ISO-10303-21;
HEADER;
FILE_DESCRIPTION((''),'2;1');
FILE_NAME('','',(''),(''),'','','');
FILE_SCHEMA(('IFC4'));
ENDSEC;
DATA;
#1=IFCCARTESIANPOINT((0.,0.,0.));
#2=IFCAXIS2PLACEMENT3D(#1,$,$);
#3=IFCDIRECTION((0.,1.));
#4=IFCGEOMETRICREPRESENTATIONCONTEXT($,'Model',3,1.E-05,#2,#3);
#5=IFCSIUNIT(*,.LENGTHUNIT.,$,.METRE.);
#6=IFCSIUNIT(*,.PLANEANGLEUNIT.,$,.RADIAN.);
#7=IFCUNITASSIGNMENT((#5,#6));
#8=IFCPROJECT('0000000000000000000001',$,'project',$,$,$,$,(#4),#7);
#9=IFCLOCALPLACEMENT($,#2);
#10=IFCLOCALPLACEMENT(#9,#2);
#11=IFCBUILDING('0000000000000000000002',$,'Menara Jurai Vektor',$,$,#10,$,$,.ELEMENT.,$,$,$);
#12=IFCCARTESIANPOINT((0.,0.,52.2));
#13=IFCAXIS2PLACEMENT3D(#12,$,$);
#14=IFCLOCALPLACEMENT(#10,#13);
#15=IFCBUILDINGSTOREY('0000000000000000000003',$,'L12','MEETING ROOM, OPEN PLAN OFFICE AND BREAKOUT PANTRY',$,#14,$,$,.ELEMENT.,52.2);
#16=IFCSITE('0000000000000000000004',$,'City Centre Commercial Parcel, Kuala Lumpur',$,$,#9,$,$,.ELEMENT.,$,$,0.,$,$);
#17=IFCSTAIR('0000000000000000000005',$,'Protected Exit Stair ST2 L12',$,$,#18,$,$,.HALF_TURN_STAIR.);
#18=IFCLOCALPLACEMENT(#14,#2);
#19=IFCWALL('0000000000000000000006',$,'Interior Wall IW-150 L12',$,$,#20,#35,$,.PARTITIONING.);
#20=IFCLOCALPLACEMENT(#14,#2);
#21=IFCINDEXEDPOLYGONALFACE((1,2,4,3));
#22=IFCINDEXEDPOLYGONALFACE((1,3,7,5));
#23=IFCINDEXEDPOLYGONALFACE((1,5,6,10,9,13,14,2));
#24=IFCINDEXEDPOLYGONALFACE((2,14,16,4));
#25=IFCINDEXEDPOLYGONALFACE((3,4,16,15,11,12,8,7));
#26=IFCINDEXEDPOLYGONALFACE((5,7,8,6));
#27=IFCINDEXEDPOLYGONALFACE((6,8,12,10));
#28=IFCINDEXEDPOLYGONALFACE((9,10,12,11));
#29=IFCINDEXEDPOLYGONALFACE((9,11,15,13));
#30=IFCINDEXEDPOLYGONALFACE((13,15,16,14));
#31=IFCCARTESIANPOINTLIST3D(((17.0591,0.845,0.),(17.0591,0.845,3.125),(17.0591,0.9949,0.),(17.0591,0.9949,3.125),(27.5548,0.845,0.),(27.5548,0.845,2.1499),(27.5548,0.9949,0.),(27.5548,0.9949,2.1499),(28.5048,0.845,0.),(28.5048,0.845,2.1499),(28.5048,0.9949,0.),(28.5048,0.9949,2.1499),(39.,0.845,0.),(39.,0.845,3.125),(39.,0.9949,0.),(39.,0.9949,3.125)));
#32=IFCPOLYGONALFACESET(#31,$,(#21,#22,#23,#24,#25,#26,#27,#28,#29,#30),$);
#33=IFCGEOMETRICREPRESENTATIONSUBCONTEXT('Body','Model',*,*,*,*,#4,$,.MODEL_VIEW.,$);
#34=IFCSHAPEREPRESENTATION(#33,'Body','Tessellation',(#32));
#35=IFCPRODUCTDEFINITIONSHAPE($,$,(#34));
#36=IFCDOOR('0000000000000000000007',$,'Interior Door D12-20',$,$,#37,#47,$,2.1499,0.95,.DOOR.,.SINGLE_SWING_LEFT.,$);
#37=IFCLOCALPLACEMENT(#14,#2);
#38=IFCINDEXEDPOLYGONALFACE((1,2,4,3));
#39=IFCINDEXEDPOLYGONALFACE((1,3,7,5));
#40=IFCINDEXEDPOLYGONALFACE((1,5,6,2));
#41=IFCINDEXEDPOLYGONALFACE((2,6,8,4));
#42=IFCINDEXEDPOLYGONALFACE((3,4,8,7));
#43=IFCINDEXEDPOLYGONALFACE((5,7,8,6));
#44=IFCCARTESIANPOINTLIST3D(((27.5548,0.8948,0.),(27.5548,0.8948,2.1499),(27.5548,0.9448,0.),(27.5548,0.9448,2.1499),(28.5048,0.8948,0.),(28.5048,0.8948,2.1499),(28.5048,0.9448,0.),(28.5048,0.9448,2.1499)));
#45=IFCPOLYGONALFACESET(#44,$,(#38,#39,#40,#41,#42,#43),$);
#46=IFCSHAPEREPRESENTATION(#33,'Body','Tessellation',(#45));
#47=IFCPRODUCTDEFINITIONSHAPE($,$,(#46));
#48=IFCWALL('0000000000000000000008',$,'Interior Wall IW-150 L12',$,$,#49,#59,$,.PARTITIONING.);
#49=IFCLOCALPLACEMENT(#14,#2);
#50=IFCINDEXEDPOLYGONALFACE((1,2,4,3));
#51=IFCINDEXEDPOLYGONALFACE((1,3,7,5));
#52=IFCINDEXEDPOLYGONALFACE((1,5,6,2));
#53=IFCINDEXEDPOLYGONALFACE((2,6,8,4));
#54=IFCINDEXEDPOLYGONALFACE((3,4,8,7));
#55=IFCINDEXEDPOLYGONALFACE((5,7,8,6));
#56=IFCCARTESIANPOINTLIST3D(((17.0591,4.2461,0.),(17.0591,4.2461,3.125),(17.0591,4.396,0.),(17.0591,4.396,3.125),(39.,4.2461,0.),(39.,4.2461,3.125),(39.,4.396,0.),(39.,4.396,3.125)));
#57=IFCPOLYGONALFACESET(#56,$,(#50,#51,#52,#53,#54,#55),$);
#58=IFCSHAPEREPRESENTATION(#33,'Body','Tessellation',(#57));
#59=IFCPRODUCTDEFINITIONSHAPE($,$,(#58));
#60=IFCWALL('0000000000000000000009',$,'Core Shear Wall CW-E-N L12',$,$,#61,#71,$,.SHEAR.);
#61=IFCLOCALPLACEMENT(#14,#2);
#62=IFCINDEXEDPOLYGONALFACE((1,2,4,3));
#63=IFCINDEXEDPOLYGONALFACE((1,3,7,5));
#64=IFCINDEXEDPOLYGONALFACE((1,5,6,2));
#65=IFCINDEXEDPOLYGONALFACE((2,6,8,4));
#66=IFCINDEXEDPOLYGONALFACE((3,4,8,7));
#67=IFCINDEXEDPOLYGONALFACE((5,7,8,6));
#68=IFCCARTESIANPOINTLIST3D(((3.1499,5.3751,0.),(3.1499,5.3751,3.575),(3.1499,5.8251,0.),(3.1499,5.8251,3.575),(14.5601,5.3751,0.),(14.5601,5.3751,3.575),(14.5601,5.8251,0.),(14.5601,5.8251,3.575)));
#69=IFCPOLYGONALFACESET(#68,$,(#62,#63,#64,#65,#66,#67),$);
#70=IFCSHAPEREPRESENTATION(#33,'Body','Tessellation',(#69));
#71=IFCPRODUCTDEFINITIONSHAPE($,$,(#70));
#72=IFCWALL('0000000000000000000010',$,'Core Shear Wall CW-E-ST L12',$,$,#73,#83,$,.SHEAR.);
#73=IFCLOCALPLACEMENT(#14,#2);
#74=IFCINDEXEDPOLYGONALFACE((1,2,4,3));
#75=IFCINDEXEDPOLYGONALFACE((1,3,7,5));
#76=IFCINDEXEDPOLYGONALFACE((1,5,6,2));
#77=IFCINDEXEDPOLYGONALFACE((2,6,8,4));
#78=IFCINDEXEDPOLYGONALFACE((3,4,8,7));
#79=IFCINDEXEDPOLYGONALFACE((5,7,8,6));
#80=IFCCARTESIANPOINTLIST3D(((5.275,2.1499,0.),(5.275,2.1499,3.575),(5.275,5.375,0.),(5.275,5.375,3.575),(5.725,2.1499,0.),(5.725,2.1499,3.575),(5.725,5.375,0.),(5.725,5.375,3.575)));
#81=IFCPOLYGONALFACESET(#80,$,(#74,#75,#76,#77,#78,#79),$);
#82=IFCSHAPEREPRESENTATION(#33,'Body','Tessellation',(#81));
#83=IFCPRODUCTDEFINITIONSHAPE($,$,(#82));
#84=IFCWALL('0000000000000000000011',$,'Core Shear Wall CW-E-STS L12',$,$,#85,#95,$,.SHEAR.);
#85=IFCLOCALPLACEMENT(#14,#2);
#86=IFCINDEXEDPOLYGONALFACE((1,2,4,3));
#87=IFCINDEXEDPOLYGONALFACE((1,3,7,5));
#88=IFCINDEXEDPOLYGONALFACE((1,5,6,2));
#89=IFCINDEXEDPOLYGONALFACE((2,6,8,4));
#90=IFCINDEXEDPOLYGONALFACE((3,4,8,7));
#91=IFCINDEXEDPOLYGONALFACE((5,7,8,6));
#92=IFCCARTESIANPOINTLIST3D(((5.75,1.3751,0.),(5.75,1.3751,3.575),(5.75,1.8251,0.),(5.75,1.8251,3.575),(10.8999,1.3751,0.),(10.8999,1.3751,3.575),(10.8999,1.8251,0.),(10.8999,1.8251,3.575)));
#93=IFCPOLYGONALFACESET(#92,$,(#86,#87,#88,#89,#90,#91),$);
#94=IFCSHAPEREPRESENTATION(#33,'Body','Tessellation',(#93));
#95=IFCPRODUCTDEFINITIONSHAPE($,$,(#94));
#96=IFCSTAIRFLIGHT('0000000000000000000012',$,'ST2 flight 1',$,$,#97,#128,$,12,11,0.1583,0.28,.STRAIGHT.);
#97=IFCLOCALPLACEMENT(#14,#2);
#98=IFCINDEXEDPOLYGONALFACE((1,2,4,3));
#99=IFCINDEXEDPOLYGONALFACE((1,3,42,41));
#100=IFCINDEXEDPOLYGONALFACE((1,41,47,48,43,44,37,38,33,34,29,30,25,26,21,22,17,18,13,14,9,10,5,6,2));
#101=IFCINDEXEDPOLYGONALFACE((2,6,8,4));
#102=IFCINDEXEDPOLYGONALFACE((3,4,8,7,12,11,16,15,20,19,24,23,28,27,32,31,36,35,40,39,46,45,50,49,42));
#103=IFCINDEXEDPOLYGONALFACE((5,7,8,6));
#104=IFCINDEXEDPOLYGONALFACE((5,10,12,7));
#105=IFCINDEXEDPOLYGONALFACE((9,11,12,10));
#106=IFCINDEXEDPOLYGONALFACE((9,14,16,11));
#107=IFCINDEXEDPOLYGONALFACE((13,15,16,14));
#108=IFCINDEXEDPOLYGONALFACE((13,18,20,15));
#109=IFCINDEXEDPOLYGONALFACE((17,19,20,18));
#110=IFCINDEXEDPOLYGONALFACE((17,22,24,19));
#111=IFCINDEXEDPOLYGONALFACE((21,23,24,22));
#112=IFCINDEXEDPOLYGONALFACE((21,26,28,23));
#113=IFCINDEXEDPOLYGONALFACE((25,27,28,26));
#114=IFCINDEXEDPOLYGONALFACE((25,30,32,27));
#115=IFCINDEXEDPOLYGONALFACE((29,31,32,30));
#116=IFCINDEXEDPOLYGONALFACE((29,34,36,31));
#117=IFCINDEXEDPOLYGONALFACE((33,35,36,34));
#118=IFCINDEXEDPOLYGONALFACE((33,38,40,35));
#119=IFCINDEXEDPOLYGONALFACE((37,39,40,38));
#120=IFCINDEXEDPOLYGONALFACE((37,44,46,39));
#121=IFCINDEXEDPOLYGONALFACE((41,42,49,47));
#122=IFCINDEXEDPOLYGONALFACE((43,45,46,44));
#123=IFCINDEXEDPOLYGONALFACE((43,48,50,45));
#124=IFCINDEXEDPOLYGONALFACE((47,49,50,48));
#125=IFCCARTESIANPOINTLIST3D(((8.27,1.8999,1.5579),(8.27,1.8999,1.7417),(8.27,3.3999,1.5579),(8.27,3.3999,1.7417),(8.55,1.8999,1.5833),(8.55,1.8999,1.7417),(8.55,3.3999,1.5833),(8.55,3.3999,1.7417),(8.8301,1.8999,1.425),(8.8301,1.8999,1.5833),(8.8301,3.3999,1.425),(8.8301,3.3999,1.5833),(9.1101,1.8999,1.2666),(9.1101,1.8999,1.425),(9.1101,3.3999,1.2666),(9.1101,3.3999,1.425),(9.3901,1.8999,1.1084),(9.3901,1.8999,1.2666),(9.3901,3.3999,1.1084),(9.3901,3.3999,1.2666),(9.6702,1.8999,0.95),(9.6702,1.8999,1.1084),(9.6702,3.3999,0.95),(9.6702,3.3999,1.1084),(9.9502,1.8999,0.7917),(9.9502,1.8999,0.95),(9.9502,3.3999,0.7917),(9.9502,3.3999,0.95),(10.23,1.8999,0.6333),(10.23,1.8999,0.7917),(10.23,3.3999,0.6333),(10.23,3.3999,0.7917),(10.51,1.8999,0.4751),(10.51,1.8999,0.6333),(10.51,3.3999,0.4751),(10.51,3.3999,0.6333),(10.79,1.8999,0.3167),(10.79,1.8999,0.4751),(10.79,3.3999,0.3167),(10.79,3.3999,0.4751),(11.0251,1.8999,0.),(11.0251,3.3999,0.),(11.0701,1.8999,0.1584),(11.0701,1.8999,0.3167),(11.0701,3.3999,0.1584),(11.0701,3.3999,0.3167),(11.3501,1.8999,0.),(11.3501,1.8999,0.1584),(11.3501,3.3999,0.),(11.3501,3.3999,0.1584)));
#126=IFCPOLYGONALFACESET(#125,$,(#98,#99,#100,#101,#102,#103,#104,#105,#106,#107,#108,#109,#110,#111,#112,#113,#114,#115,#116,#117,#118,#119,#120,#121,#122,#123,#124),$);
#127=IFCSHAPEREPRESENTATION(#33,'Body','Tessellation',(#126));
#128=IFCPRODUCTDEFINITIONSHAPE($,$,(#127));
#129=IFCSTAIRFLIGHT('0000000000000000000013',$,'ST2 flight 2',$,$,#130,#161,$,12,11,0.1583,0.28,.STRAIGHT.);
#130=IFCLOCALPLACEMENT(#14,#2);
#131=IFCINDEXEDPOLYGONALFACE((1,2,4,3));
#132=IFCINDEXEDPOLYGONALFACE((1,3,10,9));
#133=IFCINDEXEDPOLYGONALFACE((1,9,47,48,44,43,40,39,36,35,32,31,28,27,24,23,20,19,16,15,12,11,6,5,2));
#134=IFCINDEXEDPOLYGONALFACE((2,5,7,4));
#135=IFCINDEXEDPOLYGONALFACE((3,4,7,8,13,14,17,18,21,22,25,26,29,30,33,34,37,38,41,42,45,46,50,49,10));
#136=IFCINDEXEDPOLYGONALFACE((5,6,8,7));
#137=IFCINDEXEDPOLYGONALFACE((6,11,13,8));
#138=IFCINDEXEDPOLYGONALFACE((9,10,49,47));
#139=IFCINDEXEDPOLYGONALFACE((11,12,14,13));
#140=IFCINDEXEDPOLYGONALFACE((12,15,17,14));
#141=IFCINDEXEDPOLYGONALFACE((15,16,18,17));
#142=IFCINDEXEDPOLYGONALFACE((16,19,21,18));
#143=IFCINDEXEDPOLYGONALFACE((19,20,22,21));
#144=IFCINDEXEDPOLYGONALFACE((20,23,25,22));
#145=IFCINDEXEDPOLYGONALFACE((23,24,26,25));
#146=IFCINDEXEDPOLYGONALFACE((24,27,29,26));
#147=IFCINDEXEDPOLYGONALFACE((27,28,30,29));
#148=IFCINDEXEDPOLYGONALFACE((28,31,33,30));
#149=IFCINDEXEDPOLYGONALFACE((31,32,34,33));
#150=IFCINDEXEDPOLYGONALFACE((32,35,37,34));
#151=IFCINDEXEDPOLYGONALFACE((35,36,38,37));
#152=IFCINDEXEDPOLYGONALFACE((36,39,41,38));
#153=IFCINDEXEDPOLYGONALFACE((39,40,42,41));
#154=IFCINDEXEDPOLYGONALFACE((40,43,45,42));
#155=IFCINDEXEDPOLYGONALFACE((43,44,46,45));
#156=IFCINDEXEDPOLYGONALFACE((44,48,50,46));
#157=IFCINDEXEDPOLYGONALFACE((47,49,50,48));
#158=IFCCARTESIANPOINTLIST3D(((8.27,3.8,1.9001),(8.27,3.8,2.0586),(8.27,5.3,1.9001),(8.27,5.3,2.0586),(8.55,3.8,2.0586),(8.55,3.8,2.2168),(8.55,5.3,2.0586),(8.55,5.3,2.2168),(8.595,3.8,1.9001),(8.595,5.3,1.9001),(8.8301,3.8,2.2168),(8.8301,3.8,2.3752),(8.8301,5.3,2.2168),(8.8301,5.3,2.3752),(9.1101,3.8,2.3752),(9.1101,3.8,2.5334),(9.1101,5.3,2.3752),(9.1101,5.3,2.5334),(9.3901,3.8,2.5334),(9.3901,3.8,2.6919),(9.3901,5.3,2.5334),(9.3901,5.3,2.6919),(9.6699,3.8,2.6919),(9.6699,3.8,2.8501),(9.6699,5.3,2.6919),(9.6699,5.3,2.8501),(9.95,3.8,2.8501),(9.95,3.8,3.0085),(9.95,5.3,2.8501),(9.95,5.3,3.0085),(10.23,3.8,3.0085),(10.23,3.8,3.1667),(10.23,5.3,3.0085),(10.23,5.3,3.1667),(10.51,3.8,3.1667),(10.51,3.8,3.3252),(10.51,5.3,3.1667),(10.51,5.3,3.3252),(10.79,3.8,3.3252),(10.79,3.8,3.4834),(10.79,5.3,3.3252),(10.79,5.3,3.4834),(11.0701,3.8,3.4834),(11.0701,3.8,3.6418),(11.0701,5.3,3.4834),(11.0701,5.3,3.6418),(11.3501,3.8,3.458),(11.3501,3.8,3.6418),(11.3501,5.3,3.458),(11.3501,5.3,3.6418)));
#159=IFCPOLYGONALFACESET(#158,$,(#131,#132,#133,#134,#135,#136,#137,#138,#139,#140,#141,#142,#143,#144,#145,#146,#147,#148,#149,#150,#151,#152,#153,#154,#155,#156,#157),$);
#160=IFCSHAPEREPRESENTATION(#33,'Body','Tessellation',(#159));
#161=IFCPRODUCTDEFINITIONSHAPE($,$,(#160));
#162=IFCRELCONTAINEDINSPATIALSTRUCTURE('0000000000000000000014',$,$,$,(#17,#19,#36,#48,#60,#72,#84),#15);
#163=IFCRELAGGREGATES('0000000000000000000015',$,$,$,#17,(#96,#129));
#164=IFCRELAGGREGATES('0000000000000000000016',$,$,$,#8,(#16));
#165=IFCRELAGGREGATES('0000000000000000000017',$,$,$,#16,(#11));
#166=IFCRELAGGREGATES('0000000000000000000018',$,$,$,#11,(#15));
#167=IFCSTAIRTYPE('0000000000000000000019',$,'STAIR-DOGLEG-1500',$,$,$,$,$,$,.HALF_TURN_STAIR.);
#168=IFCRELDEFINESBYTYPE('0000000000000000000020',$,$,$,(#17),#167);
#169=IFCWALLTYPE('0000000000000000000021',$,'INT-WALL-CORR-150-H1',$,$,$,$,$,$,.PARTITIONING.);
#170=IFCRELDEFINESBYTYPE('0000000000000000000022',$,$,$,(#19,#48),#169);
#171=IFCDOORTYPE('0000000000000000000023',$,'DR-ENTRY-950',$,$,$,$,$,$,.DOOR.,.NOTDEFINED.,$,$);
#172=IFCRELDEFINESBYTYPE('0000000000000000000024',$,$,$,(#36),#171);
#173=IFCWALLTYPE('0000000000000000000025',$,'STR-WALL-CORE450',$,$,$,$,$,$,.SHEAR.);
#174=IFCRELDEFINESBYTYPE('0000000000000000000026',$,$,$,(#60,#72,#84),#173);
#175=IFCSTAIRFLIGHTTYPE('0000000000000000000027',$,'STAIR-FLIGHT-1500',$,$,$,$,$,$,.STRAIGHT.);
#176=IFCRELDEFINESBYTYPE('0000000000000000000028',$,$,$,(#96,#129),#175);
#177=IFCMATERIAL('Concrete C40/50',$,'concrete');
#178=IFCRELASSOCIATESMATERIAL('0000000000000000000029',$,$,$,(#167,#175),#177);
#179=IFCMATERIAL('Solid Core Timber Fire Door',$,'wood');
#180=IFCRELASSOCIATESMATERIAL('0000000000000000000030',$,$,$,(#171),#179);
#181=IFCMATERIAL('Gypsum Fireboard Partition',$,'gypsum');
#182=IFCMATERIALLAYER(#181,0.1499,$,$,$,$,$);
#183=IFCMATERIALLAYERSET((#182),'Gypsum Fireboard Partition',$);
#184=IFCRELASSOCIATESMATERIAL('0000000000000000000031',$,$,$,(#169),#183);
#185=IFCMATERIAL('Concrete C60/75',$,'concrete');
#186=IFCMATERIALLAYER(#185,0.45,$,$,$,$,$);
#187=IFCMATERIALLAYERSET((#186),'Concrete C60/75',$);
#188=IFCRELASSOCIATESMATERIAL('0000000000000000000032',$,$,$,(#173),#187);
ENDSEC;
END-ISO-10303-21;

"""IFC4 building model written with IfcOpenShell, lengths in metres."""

from ifc_helpers import new_model, si_unit, direction, frame, frame_2d, origin, place, context, subcontext, project, spatial, polyline, rectangle, outline, extrude, material, layer, layer_set, type_object, element, fill, aggregate, save


model = new_model("IFC4")

# Units and contexts
model_context = context("Model", 3, precision=1e-05, world=origin(), true_north=direction((0.0, 1.0)))
body_context = subcontext(model_context, "Body", "Model", "MODEL_VIEW")
ifc_project = project(units=[si_unit("LENGTHUNIT", "METRE"), si_unit("PLANEANGLEUNIT", "RADIAN")], contexts=[model_context])

# Site, building, storey
site_placement = place(None, origin())
site = spatial("IfcSite", under=ifc_project, at=site_placement, Name="City Centre Commercial Parcel, Kuala Lumpur", CompositionType="ELEMENT", RefElevation=0.0)
building_placement = place(site_placement, origin())
building = spatial("IfcBuilding", under=site, at=building_placement, Name="Menara Jurai Vektor", CompositionType="ELEMENT")
storey_placement = place(building_placement, frame((0.0, 0.0, 52.2)))
storey = spatial("IfcBuildingStorey", under=building, at=storey_placement, Name="L12", Description="MEETING ROOM, OPEN PLAN OFFICE AND BREAKOUT PANTRY", CompositionType="ELEMENT", Elevation=52.2)

# Shared definitions
ifc_material_1 = material(Name="Concrete C60/75", Category="concrete")

# Stair
ifc_material_2 = material(Name="Concrete C40/50", Category="concrete")
stair_type = type_object("IfcStairType", Name="STAIR-DOGLEG-1500", PredefinedType="HALF_TURN_STAIR", material=ifc_material_2)
stair_placement = place(storey_placement, origin())
stair = element("IfcStair", 1, at=stair_placement, inside=storey, type_object=stair_type, Name="Protected Exit Stair ST2 L12", PredefinedType="HALF_TURN_STAIR")

# Shared definitions
ifc_material_3 = material(Name="Gypsum Fireboard Partition", Category="gypsum")

# Wall, opening, door
ifc_material_4 = material(Name="Solid Core Timber Fire Door", Category="wood")
door_type_1 = type_object("IfcDoorType", Name="DR-ENTRY-950", OperationType="NOTDEFINED", PredefinedType="DOOR", material=ifc_material_4)
ifc_layer_1 = layer(ifc_material_3, 0.1499)
ifc_layer_set_1 = layer_set([ifc_layer_1], Name="Gypsum Fireboard Partition")
wall_type_1 = type_object("IfcWallType", Name="INT-WALL-CORR-150-H1", PredefinedType="PARTITIONING", material=ifc_layer_set_1)
wall_1_placement = place(storey_placement, frame((17.0591, 0.9199, 0.0), z_axis=(0.0, 0.0, 1.0), x_axis=(1.0, 0.0, 0.0)))
wall_1 = element("IfcWall", 2, at=wall_1_placement, inside=storey, type_object=wall_type_1, Name="Interior Wall IW-150 L12", PredefinedType="PARTITIONING", context=body_context, shape_type="SweptSolid", body=[
    extrude(rectangle(XDim=21.9409, YDim=0.1499, at=frame_2d((10.9705, 0.0))), origin(), (0.0, 0.0, 1.0), 3.125),
])
opening_1_placement = place(wall_1_placement, frame((10.4956, 0.0, 0.0)))
opening_1 = element("IfcOpeningElement", 3, at=opening_1_placement, cuts=wall_1, PredefinedType="OPENING", context=body_context, shape_type="SweptSolid", body=[
    extrude(rectangle(XDim=0.95, YDim=2.1499, at=frame_2d((0.4751, 1.075))), frame((0.0, 0.085, 0.0), z_axis=(0.0, -1.0, 0.0), x_axis=(1.0, 0.0, 0.0)), (0.0, 0.0, 1.0), 0.1699),
])
door_1_placement = place(opening_1_placement, origin())
door_1 = element("IfcDoor", 4, at=door_1_placement, inside=storey, type_object=door_type_1, Name="Interior Door D12-20", OperationType="SINGLE_SWING_LEFT", OverallHeight=2.1499, OverallWidth=0.95, PredefinedType="DOOR", context=body_context, shape_type="SweptSolid", body=[
    extrude(rectangle(XDim=0.95, YDim=2.1499, at=frame_2d((0.4751, 1.075))), frame((0.0, 0.0249, 0.0), z_axis=(0.0, -1.0, 0.0), x_axis=(1.0, 0.0, 0.0)), (0.0, 0.0, 1.0), 0.05),
])
fill(opening_1, door_1)

# Walls
wall_2_placement = place(storey_placement, frame((17.0591, 4.321, 0.0), z_axis=(0.0, 0.0, 1.0), x_axis=(1.0, 0.0, 0.0)))
element("IfcWall", 5, at=wall_2_placement, inside=storey, type_object=wall_type_1, Name="Interior Wall IW-150 L12", PredefinedType="PARTITIONING", context=body_context, shape_type="SweptSolid", body=[
    extrude(rectangle(XDim=21.9409, YDim=0.1499, at=frame_2d((10.9705, 0.0))), origin(), (0.0, 0.0, 1.0), 3.125),
])
ifc_layer_2 = layer(ifc_material_1, 0.45)
ifc_layer_set_2 = layer_set([ifc_layer_2], Name="Concrete C60/75")
wall_type_2 = type_object("IfcWallType", Name="STR-WALL-CORE450", PredefinedType="SHEAR", material=ifc_layer_set_2)
wall_3_placement = place(storey_placement, frame((3.1499, 5.6001, 0.0), z_axis=(0.0, 0.0, 1.0), x_axis=(1.0, 0.0, 0.0)))
element("IfcWall", 6, at=wall_3_placement, inside=storey, type_object=wall_type_2, Name="Core Shear Wall CW-E-N L12", PredefinedType="SHEAR", context=body_context, shape_type="SweptSolid", body=[
    extrude(rectangle(XDim=11.4102, YDim=0.45, at=frame_2d((5.7051, 0.0))), origin(), (0.0, 0.0, 1.0), 3.575),
])
wall_4_placement = place(storey_placement, frame((5.5, 2.1499, 0.0), z_axis=(0.0, 0.0, 1.0), x_axis=(0.0, 1.0, 0.0)))
element("IfcWall", 7, at=wall_4_placement, inside=storey, type_object=wall_type_2, Name="Core Shear Wall CW-E-ST L12", PredefinedType="SHEAR", context=body_context, shape_type="SweptSolid", body=[
    extrude(rectangle(XDim=3.2251, YDim=0.45, at=frame_2d((1.6125, 0.0))), origin(), (0.0, 0.0, 1.0), 3.575),
])
wall_5_placement = place(storey_placement, frame((5.75, 1.6001, 0.0), z_axis=(0.0, 0.0, 1.0), x_axis=(1.0, 0.0, 0.0)))
element("IfcWall", 8, at=wall_5_placement, inside=storey, type_object=wall_type_2, Name="Core Shear Wall CW-E-STS L12", PredefinedType="SHEAR", context=body_context, shape_type="SweptSolid", body=[
    extrude(rectangle(XDim=5.1499, YDim=0.45, at=frame_2d((2.575, 0.0))), origin(), (0.0, 0.0, 1.0), 3.575),
])

# Stair flights
stair_flight_type = type_object("IfcStairFlightType", Name="STAIR-FLIGHT-1500", PredefinedType="STRAIGHT", material=ifc_material_2)
stair_flight_1_placement = place(storey_placement, frame((11.3501, 2.6499, 0.0), z_axis=(0.0, 0.0, 1.0), x_axis=(-1.0, 0.0, 0.0)))
stair_flight_1 = element("IfcStairFlight", 9, at=stair_flight_1_placement, type_object=stair_flight_type, Name="ST2 flight 1", NumberOfRisers=12, NumberOfTreads=11, PredefinedType="STRAIGHT", RiserHeight=0.1583, TreadLength=0.28, context=body_context, shape_type="SweptSolid", body=[
    extrude(outline(polyline([(0.0, 0.0), (0.0, 0.1584), (0.28, 0.1584), (0.28, 0.3167), (0.5601, 0.3167), (0.5601, 0.4751), (0.8401, 0.4751), (0.8401, 0.6333), (1.1201, 0.6333), (1.1201, 0.7917), (1.3999, 0.7917), (1.3999, 0.95), (1.6799, 0.95), (1.6799, 1.1084), (1.96, 1.1084), (1.96, 1.2666), (2.24, 1.2666), (2.24, 1.425), (2.52, 1.425), (2.52, 1.5833), (2.8, 1.5833), (2.8, 1.7417), (3.0801, 1.7417), (3.0801, 1.8999), (3.0801, 1.5579), (0.325, 0.0), (0.0, 0.0)])), frame((0.0, 0.75, 0.0), z_axis=(0.0, -1.0, 0.0), x_axis=(1.0, 0.0, 0.0)), (0.0, 0.0, 1.0), 1.5),
])
stair_flight_2_placement = place(storey_placement, frame((8.27, 4.55, 1.9001), z_axis=(0.0, 0.0, 1.0), x_axis=(1.0, 0.0, 0.0)))
stair_flight_2 = element("IfcStairFlight", 10, at=stair_flight_2_placement, type_object=stair_flight_type, Name="ST2 flight 2", NumberOfRisers=12, NumberOfTreads=11, PredefinedType="STRAIGHT", RiserHeight=0.1583, TreadLength=0.28, context=body_context, shape_type="SweptSolid", body=[
    extrude(outline(polyline([(0.0, 0.0), (0.0, 0.1584), (0.28, 0.1584), (0.28, 0.3167), (0.5601, 0.3167), (0.5601, 0.4751), (0.8401, 0.4751), (0.8401, 0.6333), (1.1201, 0.6333), (1.1201, 0.7917), (1.3999, 0.7917), (1.3999, 0.95), (1.6799, 0.95), (1.6799, 1.1084), (1.96, 1.1084), (1.96, 1.2666), (2.24, 1.2666), (2.24, 1.425), (2.52, 1.425), (2.52, 1.5833), (2.8, 1.5833), (2.8, 1.7417), (3.0801, 1.7417), (3.0801, 1.8999), (3.0801, 1.5579), (0.325, 0.0), (0.0, 0.0)])), frame((0.0, 0.75, 0.0), z_axis=(0.0, -1.0, 0.0), x_axis=(1.0, 0.0, 0.0)), (0.0, 0.0, 1.0), 1.5),
])
aggregate(stair, [stair_flight_1, stair_flight_2])

save(model, "model.ifc")
